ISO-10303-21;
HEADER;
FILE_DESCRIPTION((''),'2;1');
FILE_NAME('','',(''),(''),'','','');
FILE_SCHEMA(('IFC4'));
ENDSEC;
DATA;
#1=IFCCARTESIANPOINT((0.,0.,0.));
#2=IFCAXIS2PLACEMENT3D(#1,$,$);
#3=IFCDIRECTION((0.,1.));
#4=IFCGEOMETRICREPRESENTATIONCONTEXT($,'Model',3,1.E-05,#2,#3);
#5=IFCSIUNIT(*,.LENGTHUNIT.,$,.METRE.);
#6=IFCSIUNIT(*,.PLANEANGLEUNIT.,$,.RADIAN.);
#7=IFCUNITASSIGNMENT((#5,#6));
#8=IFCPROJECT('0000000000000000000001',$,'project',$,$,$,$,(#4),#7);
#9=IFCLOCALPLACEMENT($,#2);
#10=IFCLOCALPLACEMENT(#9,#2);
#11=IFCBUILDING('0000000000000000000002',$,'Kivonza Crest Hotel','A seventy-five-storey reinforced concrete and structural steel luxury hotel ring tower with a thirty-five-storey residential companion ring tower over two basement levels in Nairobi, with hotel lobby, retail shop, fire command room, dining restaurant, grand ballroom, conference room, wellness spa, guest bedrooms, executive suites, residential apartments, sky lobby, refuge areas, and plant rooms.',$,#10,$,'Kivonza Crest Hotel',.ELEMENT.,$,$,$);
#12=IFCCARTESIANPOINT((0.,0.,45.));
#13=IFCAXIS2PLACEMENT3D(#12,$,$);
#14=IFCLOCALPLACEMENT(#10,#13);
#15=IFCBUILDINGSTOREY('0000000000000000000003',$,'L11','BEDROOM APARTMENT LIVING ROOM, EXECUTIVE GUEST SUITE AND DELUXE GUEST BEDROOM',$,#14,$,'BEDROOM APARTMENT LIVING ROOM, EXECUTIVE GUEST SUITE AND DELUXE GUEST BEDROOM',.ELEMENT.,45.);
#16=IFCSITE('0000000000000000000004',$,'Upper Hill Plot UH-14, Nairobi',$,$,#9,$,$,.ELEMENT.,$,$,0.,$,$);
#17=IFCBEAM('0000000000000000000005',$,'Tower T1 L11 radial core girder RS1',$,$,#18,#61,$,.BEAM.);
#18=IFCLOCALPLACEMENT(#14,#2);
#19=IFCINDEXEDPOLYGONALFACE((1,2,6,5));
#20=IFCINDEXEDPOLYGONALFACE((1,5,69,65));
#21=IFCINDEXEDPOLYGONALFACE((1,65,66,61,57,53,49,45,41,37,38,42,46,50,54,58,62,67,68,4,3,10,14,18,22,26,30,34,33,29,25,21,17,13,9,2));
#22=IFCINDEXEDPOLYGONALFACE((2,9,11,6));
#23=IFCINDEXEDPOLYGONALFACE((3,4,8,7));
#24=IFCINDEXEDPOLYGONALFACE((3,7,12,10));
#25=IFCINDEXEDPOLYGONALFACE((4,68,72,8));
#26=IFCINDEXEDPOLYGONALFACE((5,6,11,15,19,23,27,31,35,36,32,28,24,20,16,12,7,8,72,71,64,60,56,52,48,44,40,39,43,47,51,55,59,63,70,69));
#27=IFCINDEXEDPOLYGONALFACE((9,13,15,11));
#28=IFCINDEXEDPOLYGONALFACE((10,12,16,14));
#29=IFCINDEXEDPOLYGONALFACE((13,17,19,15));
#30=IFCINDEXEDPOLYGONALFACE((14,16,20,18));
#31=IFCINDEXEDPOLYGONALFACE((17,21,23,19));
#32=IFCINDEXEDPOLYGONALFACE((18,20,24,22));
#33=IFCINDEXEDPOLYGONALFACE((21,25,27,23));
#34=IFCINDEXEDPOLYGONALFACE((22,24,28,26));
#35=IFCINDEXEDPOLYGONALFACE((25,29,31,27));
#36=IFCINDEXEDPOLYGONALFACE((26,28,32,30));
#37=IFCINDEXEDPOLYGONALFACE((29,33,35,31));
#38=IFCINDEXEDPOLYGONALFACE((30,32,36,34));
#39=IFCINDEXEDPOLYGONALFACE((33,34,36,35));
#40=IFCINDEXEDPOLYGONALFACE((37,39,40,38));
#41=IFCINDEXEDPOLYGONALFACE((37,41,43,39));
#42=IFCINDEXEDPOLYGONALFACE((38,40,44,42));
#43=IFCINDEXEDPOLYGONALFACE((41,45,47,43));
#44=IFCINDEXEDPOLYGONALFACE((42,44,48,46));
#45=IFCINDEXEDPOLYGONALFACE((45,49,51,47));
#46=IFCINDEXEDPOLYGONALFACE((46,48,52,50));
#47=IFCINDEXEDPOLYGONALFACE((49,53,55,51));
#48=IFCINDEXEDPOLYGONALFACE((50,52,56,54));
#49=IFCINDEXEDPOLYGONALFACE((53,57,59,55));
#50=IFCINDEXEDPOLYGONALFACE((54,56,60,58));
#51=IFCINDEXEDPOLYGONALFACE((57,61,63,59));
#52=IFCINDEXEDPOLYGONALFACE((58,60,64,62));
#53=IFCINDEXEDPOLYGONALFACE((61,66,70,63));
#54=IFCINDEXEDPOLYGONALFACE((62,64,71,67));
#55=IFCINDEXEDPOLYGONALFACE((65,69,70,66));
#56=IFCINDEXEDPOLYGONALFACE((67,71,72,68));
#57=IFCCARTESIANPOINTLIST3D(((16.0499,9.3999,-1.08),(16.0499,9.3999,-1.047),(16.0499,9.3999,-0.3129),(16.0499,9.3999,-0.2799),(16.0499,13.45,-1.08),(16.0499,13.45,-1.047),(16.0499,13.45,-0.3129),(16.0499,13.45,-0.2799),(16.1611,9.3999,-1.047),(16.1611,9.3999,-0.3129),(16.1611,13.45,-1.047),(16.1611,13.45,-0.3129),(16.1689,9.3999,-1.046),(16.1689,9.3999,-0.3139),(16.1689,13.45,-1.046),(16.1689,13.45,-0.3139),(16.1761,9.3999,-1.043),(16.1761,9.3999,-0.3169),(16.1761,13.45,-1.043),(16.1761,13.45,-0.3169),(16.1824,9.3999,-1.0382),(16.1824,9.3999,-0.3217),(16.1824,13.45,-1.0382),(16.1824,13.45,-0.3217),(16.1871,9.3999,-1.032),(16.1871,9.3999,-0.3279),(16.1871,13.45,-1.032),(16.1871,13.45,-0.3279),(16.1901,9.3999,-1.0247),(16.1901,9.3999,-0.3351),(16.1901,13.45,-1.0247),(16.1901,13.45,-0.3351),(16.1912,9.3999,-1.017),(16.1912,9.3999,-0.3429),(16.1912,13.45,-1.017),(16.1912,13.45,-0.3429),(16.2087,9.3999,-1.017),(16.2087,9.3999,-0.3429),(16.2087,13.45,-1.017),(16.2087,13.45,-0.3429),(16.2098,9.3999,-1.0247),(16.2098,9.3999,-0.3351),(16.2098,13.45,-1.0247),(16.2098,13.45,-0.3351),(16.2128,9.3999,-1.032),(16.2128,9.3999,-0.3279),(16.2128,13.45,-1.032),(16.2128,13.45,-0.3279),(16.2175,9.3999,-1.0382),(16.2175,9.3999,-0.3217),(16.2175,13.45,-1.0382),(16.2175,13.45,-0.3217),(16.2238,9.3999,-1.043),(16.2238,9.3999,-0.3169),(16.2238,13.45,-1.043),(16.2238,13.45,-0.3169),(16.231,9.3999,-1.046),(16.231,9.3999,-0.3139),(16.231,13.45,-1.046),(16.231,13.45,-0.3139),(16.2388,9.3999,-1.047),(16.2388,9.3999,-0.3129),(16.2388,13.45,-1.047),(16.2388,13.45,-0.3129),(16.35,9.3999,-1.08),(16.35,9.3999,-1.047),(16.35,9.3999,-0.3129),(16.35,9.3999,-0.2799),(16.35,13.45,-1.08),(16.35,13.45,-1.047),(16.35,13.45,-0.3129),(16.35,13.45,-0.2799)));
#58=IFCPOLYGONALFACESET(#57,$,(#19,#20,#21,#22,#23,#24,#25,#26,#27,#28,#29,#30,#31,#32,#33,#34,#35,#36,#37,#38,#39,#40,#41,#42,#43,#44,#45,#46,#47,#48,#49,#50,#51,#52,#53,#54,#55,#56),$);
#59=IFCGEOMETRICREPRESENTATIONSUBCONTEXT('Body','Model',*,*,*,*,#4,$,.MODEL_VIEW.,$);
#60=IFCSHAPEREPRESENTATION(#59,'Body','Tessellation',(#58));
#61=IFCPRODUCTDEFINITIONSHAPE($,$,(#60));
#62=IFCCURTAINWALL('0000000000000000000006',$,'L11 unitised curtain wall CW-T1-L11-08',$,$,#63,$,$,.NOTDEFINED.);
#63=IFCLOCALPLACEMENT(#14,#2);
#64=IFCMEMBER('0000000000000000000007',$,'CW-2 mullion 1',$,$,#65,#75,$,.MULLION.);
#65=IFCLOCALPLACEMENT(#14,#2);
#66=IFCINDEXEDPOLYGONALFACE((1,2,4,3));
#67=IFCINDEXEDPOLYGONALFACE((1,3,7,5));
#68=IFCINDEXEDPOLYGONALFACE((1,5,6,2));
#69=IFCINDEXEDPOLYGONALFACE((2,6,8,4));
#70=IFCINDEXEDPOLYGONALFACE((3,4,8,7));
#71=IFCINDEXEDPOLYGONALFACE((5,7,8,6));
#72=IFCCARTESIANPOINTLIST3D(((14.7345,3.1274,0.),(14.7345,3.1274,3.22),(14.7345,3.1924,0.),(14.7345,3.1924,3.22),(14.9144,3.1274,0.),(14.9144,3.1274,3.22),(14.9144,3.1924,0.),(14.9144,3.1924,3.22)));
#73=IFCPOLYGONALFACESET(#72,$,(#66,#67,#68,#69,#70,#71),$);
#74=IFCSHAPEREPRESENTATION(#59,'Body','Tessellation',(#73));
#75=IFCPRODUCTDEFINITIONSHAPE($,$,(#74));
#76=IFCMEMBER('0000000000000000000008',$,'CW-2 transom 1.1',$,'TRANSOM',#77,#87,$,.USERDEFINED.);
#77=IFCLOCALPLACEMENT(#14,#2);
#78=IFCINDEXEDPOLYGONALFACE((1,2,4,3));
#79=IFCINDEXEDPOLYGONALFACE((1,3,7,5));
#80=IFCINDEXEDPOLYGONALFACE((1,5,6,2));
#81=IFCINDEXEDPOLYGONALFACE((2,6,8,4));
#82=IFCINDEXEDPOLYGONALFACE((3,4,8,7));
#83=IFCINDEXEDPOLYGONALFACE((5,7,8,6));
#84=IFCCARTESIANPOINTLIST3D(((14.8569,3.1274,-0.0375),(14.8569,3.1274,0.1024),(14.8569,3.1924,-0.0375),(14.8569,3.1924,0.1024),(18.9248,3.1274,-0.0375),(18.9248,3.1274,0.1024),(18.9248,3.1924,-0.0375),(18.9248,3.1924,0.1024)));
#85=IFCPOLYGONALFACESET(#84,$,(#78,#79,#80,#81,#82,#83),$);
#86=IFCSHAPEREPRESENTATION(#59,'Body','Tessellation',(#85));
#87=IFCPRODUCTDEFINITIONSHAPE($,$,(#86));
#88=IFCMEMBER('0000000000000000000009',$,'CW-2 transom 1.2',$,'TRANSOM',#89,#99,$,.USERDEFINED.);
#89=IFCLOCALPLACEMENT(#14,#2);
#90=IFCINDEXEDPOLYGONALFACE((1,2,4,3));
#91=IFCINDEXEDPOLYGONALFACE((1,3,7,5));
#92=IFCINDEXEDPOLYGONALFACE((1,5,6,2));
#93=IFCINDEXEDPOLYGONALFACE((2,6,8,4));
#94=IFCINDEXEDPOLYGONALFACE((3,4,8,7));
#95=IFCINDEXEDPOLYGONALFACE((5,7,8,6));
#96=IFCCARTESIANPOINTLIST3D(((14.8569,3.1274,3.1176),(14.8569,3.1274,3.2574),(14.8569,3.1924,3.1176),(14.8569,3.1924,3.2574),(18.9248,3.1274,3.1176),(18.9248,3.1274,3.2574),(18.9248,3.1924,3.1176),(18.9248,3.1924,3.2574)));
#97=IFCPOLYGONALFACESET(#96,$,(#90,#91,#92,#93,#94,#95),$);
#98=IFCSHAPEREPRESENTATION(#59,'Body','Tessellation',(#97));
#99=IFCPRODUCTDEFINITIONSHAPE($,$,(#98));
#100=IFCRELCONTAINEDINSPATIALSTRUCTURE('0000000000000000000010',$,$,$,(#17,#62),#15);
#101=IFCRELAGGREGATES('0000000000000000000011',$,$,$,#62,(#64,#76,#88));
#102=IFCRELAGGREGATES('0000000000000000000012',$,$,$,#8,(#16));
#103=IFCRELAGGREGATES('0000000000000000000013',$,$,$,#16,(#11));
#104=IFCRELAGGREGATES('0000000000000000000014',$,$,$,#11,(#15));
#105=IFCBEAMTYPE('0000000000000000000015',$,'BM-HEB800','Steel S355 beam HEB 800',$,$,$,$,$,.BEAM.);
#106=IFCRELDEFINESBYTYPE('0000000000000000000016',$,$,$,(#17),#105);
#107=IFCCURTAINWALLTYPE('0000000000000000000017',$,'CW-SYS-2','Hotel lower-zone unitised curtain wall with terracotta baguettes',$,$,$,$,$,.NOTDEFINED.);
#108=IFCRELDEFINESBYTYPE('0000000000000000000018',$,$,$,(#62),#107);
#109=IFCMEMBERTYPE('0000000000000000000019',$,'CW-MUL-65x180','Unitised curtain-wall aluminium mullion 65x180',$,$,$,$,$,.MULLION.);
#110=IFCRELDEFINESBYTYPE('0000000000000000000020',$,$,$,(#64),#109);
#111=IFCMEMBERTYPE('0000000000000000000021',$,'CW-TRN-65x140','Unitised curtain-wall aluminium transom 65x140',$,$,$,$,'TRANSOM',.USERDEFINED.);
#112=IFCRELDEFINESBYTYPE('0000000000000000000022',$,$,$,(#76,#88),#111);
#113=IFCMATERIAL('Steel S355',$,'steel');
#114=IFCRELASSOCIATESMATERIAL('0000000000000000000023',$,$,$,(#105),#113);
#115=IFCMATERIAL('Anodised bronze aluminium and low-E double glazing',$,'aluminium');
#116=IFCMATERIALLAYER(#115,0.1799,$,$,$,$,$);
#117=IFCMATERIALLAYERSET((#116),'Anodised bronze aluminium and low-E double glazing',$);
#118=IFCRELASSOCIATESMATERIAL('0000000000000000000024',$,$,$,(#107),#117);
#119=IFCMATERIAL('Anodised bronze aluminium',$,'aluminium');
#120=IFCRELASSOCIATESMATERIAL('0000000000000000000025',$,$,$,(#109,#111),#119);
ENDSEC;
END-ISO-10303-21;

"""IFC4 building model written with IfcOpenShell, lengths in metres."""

from ifc_helpers import new_model, si_unit, direction, frame, origin, origin_2d, place, context, subcontext, project, spatial, rectangle, i_section, extrude, material, layer, layer_set, material_profile, profile_set, type_object, element, aggregate, save


model = new_model("IFC4")

# Units and contexts
model_context = context("Model", 3, precision=1e-05, world=origin(), true_north=direction((0.0, 1.0)))
body_context = subcontext(model_context, "Body", "Model", "MODEL_VIEW")
ifc_project = project(units=[si_unit("LENGTHUNIT", "METRE"), si_unit("PLANEANGLEUNIT", "RADIAN")], contexts=[model_context])

# Site, building, storey
site_placement = place(None, origin())
site = spatial("IfcSite", under=ifc_project, at=site_placement, Name="Upper Hill Plot UH-14, Nairobi", CompositionType="ELEMENT", RefElevation=0.0)
building_placement = place(site_placement, origin())
building = spatial("IfcBuilding", under=site, at=building_placement, Name="Kivonza Crest Hotel", Description="A seventy-five-storey reinforced concrete and structural steel luxury hotel ring tower with a thirty-five-storey residential companion ring tower over two basement levels in Nairobi, with hotel lobby, retail shop, fire command room, dining restaurant, grand ballroom, conference room, wellness spa, guest bedrooms, executive suites, residential apartments, sky lobby, refuge areas, and plant rooms.", LongName="Kivonza Crest Hotel", CompositionType="ELEMENT")
storey_placement = place(building_placement, frame((0.0, 0.0, 45.0)))
storey = spatial("IfcBuildingStorey", under=building, at=storey_placement, Name="L11", Description="BEDROOM APARTMENT LIVING ROOM, EXECUTIVE GUEST SUITE AND DELUXE GUEST BEDROOM", LongName="BEDROOM APARTMENT LIVING ROOM, EXECUTIVE GUEST SUITE AND DELUXE GUEST BEDROOM", CompositionType="ELEMENT", Elevation=45.0)

# Beam
ifc_material_1 = material(Name="Steel S355", Category="steel")
ifc_material_profile_1 = material_profile(ifc_material_1, i_section(OverallWidth=0.3, OverallDepth=0.8, WebThickness=0.0176, FlangeThickness=0.033, FilletRadius=0.03, at=origin_2d()), Name="HEB 800")
ifc_profile_set_1 = profile_set([ifc_material_profile_1], Name="Steel S355")
beam_type_1 = type_object("IfcBeamType", Name="BM-HEB800", Description="Steel S355 beam HEB 800", PredefinedType="BEAM", material=ifc_profile_set_1)
beam_1_placement = place(storey_placement, frame((16.2, 9.3999, -0.6799), z_axis=(0.0, 1.0, 0.0), x_axis=(-1.0, 0.0, 0.0)))
element("IfcBeam", 1, at=beam_1_placement, inside=storey, type_object=beam_type_1, Name="Tower T1 L11 radial core girder RS1", PredefinedType="BEAM", context=body_context, shape_type="SweptSolid", body=[
    extrude(i_section(OverallWidth=0.3, OverallDepth=0.8, WebThickness=0.0176, FlangeThickness=0.033, FilletRadius=0.03, at=origin_2d()), origin(), (0.0, 0.0, 1.0), 4.05),
])

# Curtain wall, members
ifc_material_2 = material(Name="Anodised bronze aluminium and low-E double glazing", Category="aluminium")
ifc_layer_1 = layer(ifc_material_2, 0.1799)
ifc_layer_set_1 = layer_set([ifc_layer_1], Name="Anodised bronze aluminium and low-E double glazing")
curtain_wall_type = type_object("IfcCurtainWallType", Name="CW-SYS-2", Description="Hotel lower-zone unitised curtain wall with terracotta baguettes", PredefinedType="NOTDEFINED", material=ifc_layer_set_1)
curtain_wall_placement = place(storey_placement, origin())
curtain_wall = element("IfcCurtainWall", 2, at=curtain_wall_placement, inside=storey, type_object=curtain_wall_type, Name="L11 unitised curtain wall CW-T1-L11-08", PredefinedType="NOTDEFINED")
ifc_material_3 = material(Name="Anodised bronze aluminium", Category="aluminium")
ifc_material_profile_2 = material_profile(ifc_material_3, rectangle(XDim=0.0649, YDim=0.1799, at=origin_2d()), Name="CW-M 65x180")
ifc_profile_set_2 = profile_set([ifc_material_profile_2], Name="Anodised bronze aluminium")
member_type_1 = type_object("IfcMemberType", Name="CW-MUL-65x180", Description="Unitised curtain-wall aluminium mullion 65x180", PredefinedType="MULLION", material=ifc_profile_set_2)
member_1_placement = place(storey_placement, frame((14.8245, 3.1599, 0.0), z_axis=(0.0, 0.0, 1.0), x_axis=(0.0, 1.0, 0.0)))
member_1 = element("IfcMember", 3, at=member_1_placement, type_object=member_type_1, Name="CW-2 mullion 1", PredefinedType="MULLION", context=body_context, shape_type="SweptSolid", body=[
    extrude(rectangle(XDim=0.0649, YDim=0.1799, at=origin_2d()), origin(), (0.0, 0.0, 1.0), 3.22),
])
ifc_material_profile_3 = material_profile(ifc_material_3, rectangle(XDim=0.0649, YDim=0.1399, at=origin_2d()), Name="CW-T 65x140")
ifc_profile_set_3 = profile_set([ifc_material_profile_3], Name="Anodised bronze aluminium")
member_type_2 = type_object("IfcMemberType", Name="CW-TRN-65x140", Description="Unitised curtain-wall aluminium transom 65x140", ElementType="TRANSOM", PredefinedType="USERDEFINED", material=ifc_profile_set_3)
member_2_placement = place(storey_placement, frame((14.8569, 3.1599, 0.0325), z_axis=(1.0, 0.0, 0.0), x_axis=(0.0, 1.0, 0.0)))
member_2 = element("IfcMember", 4, at=member_2_placement, type_object=member_type_2, Name="CW-2 transom 1.1", ObjectType="TRANSOM", PredefinedType="USERDEFINED", context=body_context, shape_type="SweptSolid", body=[
    extrude(rectangle(XDim=0.0649, YDim=0.1399, at=origin_2d()), origin(), (0.0, 0.0, 1.0), 4.0679),
])
member_3_placement = place(storey_placement, frame((14.8569, 3.1599, 3.1875), z_axis=(1.0, 0.0, 0.0), x_axis=(0.0, 1.0, 0.0)))
member_3 = element("IfcMember", 5, at=member_3_placement, type_object=member_type_2, Name="CW-2 transom 1.2", ObjectType="TRANSOM", PredefinedType="USERDEFINED", context=body_context, shape_type="SweptSolid", body=[
    extrude(rectangle(XDim=0.0649, YDim=0.1399, at=origin_2d()), origin(), (0.0, 0.0, 1.0), 4.0679),
])
aggregate(curtain_wall, [member_1, member_2, member_3])

save(model, "model.ifc")
